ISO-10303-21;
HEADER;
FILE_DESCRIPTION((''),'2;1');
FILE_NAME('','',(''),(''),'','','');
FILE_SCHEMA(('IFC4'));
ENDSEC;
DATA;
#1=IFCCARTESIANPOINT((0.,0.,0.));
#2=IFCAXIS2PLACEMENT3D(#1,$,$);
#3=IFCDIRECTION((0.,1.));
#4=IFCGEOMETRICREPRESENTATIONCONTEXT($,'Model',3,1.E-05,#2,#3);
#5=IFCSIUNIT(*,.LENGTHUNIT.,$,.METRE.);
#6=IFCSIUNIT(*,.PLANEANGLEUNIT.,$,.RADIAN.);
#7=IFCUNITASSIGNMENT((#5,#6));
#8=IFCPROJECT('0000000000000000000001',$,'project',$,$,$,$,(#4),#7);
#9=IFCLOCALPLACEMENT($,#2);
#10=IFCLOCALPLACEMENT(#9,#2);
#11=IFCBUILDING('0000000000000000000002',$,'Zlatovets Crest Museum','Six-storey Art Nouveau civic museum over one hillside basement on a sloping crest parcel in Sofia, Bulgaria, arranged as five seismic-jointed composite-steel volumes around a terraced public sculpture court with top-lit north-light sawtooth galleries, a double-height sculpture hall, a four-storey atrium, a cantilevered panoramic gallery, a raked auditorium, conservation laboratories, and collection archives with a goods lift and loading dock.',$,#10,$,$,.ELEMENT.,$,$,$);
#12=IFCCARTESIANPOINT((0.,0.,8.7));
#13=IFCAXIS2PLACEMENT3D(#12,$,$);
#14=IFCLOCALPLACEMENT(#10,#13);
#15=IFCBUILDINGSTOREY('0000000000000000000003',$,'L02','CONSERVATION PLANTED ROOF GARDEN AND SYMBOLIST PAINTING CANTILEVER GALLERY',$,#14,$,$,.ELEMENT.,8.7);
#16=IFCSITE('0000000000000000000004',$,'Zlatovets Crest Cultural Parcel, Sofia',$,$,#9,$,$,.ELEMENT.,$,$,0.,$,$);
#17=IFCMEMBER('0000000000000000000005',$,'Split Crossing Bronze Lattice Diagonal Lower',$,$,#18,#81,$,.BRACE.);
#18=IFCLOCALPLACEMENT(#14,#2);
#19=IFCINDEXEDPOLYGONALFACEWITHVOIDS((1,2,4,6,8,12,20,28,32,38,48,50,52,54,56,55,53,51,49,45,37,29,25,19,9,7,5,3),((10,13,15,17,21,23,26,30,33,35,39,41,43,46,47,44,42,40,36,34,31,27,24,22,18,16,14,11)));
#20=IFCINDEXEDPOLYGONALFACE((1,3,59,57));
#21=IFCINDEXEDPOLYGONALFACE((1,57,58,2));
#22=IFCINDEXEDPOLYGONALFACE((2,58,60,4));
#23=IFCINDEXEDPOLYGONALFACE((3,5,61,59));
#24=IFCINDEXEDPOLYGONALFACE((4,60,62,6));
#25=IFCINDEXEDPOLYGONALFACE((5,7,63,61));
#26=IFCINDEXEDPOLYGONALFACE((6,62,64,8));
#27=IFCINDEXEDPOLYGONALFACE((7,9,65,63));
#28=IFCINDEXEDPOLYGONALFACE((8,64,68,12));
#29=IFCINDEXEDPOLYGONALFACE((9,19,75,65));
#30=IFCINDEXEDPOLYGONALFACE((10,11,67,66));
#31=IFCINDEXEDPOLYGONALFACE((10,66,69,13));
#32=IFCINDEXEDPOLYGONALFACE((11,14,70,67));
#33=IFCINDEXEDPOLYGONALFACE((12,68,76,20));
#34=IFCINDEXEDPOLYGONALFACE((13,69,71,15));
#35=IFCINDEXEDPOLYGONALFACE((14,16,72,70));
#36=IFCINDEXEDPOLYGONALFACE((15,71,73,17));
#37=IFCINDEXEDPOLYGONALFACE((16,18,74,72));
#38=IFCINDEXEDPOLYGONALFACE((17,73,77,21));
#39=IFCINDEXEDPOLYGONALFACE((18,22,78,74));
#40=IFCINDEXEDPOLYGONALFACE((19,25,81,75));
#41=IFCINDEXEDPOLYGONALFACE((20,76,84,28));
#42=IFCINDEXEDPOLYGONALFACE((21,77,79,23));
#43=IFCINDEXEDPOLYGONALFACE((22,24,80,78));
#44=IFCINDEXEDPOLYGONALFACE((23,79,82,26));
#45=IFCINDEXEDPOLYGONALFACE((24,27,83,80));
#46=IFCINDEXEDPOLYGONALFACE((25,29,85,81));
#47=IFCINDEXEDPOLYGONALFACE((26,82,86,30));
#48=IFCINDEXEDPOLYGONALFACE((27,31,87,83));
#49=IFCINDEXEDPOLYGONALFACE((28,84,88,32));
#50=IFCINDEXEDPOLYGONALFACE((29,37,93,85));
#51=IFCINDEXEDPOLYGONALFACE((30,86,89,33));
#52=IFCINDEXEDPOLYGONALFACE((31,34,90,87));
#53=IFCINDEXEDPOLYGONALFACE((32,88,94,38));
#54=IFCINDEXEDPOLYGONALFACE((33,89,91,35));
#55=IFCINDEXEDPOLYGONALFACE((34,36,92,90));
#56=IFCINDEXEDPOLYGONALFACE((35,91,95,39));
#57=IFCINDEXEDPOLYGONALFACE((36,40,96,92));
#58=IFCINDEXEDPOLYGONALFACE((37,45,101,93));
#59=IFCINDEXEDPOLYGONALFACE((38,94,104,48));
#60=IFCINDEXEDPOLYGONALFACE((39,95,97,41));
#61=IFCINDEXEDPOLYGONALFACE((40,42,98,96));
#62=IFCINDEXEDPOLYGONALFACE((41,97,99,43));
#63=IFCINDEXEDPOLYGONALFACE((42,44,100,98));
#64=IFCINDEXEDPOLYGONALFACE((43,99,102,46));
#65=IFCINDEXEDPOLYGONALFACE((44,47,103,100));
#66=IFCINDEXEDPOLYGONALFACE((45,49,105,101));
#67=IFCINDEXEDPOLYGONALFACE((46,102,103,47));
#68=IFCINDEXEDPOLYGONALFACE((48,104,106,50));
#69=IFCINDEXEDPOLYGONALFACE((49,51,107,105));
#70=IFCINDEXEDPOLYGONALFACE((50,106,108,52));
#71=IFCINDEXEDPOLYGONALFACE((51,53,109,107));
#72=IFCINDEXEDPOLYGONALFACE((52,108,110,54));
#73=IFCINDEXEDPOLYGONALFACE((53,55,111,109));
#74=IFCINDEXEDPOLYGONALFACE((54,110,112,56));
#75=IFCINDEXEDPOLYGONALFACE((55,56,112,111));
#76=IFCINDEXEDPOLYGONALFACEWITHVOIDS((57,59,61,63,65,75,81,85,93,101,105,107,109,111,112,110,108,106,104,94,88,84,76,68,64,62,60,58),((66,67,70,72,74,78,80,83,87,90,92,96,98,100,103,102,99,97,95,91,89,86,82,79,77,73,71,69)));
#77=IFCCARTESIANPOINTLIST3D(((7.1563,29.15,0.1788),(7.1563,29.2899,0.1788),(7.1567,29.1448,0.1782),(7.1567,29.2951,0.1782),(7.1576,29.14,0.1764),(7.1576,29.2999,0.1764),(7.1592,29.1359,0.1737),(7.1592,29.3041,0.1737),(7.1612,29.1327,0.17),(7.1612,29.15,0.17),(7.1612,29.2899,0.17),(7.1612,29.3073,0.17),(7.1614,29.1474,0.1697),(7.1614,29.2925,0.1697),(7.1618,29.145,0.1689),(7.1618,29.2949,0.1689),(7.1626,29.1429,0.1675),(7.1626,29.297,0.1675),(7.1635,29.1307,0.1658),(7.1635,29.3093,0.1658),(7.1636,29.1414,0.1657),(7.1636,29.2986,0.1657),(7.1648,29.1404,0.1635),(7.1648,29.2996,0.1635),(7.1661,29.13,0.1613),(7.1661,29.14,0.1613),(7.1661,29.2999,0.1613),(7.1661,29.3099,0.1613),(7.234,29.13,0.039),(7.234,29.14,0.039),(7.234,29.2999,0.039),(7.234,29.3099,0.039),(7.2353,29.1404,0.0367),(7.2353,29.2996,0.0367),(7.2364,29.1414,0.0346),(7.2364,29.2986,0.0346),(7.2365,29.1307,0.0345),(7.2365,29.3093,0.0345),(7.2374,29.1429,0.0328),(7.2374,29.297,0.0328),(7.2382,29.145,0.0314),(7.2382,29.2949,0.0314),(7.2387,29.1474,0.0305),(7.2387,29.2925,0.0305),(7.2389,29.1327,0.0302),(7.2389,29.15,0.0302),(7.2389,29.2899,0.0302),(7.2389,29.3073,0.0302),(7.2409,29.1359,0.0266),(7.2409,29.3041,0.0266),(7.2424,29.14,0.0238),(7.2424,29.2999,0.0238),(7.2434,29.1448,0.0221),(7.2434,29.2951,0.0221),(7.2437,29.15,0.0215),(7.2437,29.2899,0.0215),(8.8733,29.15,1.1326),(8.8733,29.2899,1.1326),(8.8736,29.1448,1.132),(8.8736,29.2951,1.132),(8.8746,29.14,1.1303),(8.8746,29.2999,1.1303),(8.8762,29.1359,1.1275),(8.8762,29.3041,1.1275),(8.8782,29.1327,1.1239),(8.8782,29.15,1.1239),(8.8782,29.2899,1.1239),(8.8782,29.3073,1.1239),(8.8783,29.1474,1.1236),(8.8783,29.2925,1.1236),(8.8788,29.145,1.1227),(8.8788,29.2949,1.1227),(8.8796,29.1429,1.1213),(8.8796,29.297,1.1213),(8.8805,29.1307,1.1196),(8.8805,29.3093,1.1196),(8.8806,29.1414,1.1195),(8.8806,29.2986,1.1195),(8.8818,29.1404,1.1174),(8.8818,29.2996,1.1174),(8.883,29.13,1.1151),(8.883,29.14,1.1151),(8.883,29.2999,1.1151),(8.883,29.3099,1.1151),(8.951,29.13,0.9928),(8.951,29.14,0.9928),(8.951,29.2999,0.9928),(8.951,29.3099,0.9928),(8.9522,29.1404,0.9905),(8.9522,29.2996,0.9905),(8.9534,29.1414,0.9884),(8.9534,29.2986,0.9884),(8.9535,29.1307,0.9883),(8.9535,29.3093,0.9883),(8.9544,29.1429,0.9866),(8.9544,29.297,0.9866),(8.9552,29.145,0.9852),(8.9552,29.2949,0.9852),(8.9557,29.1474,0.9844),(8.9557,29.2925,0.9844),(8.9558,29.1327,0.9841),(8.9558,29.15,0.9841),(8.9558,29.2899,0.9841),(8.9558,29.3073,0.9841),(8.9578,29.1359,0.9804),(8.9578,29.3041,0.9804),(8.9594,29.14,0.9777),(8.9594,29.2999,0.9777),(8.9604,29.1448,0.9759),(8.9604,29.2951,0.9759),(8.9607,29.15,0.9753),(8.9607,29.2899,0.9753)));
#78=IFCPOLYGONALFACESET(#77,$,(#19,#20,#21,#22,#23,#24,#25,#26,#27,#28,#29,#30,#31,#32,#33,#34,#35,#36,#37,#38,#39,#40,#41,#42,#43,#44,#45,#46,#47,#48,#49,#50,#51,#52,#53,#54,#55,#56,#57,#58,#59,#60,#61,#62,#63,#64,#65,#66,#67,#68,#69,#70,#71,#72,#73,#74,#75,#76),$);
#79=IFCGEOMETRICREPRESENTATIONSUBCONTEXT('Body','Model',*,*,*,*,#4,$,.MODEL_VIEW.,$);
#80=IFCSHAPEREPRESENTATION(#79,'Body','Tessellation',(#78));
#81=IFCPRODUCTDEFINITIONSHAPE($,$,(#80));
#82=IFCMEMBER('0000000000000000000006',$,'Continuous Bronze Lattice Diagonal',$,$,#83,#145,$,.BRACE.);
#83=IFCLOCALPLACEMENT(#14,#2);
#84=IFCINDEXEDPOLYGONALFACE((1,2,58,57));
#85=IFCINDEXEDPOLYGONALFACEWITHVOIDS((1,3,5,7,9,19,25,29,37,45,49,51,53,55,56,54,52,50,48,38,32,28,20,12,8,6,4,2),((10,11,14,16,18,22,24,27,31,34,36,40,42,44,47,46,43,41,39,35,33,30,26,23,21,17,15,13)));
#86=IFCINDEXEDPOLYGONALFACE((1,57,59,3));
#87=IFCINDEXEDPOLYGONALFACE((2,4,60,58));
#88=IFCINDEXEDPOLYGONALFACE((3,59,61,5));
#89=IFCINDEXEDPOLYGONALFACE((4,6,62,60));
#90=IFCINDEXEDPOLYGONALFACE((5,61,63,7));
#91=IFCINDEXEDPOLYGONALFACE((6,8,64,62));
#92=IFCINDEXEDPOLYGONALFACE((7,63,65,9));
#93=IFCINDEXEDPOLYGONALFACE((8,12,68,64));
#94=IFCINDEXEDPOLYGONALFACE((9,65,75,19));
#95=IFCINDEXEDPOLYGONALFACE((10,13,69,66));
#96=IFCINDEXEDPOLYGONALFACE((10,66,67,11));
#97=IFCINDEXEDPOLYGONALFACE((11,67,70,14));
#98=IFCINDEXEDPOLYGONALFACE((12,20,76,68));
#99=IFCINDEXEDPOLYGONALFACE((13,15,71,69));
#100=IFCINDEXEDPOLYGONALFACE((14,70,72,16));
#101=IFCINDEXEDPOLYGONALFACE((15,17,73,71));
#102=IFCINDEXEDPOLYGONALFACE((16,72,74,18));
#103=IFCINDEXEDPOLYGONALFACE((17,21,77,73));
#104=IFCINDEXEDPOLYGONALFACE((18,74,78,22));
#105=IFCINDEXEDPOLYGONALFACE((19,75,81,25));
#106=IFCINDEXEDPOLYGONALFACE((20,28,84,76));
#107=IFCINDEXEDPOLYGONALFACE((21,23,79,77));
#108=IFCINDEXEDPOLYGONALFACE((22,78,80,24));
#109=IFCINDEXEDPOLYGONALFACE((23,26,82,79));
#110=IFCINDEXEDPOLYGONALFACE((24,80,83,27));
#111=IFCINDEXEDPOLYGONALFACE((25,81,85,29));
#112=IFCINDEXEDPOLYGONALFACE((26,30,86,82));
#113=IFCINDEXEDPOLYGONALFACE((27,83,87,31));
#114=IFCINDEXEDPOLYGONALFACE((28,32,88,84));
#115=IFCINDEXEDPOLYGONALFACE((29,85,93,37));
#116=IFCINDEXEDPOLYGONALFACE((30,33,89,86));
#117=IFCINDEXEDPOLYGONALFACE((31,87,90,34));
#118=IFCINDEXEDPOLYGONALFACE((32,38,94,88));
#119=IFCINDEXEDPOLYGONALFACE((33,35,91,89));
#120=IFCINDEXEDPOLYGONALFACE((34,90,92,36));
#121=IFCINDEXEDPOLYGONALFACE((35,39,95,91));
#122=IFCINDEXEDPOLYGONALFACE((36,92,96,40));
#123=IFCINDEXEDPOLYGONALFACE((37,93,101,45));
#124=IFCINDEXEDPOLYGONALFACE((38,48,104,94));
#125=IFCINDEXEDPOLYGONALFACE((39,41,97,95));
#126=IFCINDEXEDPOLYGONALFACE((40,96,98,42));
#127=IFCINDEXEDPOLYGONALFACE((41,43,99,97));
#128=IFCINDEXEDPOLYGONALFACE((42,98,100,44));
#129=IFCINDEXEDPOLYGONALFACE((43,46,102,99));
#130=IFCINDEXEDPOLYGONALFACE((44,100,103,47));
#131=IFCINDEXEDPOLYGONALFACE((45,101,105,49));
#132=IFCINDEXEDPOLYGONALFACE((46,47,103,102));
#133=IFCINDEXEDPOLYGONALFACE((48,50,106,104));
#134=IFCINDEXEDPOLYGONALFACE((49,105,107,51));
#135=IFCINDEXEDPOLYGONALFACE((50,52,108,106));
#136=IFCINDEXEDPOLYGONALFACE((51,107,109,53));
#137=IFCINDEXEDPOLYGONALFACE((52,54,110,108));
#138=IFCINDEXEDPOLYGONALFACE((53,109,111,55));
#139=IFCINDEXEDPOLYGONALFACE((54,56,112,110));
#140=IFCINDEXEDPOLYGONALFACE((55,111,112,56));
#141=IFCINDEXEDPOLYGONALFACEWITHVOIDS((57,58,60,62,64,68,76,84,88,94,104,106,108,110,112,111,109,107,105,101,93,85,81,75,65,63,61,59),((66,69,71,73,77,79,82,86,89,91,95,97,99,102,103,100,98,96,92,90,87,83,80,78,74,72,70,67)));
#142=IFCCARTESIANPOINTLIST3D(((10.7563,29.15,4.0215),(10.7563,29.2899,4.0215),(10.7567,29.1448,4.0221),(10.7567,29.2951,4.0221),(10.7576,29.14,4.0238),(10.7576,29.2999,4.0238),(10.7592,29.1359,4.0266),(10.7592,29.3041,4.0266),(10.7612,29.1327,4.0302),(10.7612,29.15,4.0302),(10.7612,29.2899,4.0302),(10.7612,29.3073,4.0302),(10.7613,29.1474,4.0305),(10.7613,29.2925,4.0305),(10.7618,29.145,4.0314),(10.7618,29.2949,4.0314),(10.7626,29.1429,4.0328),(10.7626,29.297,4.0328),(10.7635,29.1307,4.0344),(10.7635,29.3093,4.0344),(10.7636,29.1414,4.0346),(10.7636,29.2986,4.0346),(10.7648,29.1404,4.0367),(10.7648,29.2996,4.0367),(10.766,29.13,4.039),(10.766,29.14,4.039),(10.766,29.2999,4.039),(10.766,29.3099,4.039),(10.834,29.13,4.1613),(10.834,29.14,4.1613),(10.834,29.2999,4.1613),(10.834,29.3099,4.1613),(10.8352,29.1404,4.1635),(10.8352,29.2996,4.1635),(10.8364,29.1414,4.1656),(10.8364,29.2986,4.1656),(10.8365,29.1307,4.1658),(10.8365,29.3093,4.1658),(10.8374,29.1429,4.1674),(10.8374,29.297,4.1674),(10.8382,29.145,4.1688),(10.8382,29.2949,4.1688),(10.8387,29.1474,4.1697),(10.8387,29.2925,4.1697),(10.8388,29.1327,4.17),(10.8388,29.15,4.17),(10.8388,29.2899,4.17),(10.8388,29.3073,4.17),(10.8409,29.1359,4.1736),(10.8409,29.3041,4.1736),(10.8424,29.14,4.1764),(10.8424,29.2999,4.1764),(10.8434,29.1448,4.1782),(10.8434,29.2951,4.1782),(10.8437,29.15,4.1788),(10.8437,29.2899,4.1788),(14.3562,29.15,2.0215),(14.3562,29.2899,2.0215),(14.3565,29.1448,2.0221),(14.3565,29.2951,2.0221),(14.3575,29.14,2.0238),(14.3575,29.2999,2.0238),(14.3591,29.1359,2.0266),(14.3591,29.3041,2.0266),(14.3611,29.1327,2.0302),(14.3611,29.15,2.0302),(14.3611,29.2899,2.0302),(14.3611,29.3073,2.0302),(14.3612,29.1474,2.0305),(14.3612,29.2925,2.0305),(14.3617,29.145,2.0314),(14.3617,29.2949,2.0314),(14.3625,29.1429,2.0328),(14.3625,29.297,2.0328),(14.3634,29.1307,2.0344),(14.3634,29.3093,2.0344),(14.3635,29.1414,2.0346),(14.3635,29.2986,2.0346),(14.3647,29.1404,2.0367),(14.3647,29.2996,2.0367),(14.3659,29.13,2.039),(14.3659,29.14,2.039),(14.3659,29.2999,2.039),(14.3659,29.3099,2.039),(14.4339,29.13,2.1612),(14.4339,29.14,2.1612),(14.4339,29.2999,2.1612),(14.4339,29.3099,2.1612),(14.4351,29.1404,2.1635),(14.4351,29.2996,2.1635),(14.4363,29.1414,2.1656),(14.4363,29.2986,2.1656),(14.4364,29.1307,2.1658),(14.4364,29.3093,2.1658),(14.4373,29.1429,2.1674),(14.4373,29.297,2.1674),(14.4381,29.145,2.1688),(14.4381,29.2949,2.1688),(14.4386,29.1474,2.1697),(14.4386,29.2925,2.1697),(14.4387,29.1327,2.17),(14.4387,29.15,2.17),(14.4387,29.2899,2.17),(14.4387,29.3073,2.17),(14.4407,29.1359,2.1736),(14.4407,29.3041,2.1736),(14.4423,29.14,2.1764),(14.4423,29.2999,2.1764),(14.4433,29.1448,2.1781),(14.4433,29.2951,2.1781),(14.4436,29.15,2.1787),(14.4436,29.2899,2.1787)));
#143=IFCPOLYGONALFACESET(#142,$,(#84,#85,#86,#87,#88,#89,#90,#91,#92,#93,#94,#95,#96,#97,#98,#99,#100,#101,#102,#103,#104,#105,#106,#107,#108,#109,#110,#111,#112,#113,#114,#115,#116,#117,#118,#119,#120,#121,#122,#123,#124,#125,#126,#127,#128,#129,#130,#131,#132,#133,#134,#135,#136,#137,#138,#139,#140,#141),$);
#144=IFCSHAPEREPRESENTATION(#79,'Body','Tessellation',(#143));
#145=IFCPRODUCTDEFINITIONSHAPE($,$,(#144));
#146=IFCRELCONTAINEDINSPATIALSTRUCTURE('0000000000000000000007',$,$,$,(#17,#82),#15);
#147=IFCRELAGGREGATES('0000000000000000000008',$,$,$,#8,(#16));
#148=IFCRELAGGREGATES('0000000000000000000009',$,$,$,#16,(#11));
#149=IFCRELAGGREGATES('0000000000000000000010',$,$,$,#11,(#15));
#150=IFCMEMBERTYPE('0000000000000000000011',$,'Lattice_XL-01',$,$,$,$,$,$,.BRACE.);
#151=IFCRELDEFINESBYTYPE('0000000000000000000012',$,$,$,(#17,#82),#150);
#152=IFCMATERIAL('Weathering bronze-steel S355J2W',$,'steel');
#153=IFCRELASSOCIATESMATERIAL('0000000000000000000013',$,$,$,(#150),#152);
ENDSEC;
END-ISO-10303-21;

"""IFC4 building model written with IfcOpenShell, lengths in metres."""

from ifc_helpers import new_model, si_unit, direction, frame, origin, origin_2d, place, context, subcontext, project, spatial, hollow_rectangle, extrude, material, material_profile, profile_set, type_object, element, save


model = new_model("IFC4")

# Units and contexts
model_context = context("Model", 3, precision=1e-05, world=origin(), true_north=direction((0.0, 1.0)))
body_context = subcontext(model_context, "Body", "Model", "MODEL_VIEW")
ifc_project = project(units=[si_unit("LENGTHUNIT", "METRE"), si_unit("PLANEANGLEUNIT", "RADIAN")], contexts=[model_context])

# Site, building, storey
site_placement = place(None, origin())
site = spatial("IfcSite", under=ifc_project, at=site_placement, Name="Zlatovets Crest Cultural Parcel, Sofia", CompositionType="ELEMENT", RefElevation=0.0)
building_placement = place(site_placement, origin())
building = spatial("IfcBuilding", under=site, at=building_placement, Name="Zlatovets Crest Museum", Description="Six-storey Art Nouveau civic museum over one hillside basement on a sloping crest parcel in Sofia, Bulgaria, arranged as five seismic-jointed composite-steel volumes around a terraced public sculpture court with top-lit north-light sawtooth galleries, a double-height sculpture hall, a four-storey atrium, a cantilevered panoramic gallery, a raked auditorium, conservation laboratories, and collection archives with a goods lift and loading dock.", CompositionType="ELEMENT")
storey_placement = place(building_placement, frame((0.0, 0.0, 8.7)))
storey = spatial("IfcBuildingStorey", under=building, at=storey_placement, Name="L02", Description="CONSERVATION PLANTED ROOF GARDEN AND SYMBOLIST PAINTING CANTILEVER GALLERY", CompositionType="ELEMENT", Elevation=8.7)

# Members
ifc_material_1 = material(Name="Weathering bronze-steel S355J2W", Category="steel")
ifc_material_profile_1 = material_profile(ifc_material_1, hollow_rectangle(XDim=0.1799, YDim=0.1799, WallThickness=0.01, InnerFilletRadius=0.01, OuterFilletRadius=0.02, at=origin_2d()), Name="SHS 180x180x10.0")
ifc_profile_set_1 = profile_set([ifc_material_profile_1], Name="Weathering bronze-steel S355J2W")
member_type_1 = type_object("IfcMemberType", Name="Lattice_XL-01", PredefinedType="BRACE", material=ifc_profile_set_1)
for number, where, z_axis, x_axis, name in (
    (1, (8.917, 29.22, 1.054), (-0.874169, 0.0, -0.485622), (0.0, -1.0, 0.0), "Split Crossing Bronze Lattice Diagonal Lower"),
):
    element("IfcMember", number, at=place(storey_placement, frame(where, z_axis=z_axis, x_axis=x_axis)), inside=storey, type_object=member_type_1, Name=name, PredefinedType="BRACE", context=body_context, shape_type="SweptSolid", body=[
        extrude(hollow_rectangle(XDim=0.1799, YDim=0.1799, WallThickness=0.01, InnerFilletRadius=0.01, OuterFilletRadius=0.02, at=origin_2d()), origin(), (0.0, 0.0, 1.0), 1.9641),
    ])
member_1_placement = place(storey_placement, frame((14.3999, 29.22, 2.1001), z_axis=(-0.874149, 0.0, 0.485658), x_axis=(0.0, -1.0, 0.0)))
element("IfcMember", 2, at=member_1_placement, inside=storey, type_object=member_type_1, Name="Continuous Bronze Lattice Diagonal", PredefinedType="BRACE", context=body_context, shape_type="SweptSolid", body=[
    extrude(hollow_rectangle(XDim=0.1799, YDim=0.1799, WallThickness=0.01, InnerFilletRadius=0.01, OuterFilletRadius=0.02, at=origin_2d()), origin(), (0.0, 0.0, 1.0), 4.1182),
])

save(model, "model.ifc")
